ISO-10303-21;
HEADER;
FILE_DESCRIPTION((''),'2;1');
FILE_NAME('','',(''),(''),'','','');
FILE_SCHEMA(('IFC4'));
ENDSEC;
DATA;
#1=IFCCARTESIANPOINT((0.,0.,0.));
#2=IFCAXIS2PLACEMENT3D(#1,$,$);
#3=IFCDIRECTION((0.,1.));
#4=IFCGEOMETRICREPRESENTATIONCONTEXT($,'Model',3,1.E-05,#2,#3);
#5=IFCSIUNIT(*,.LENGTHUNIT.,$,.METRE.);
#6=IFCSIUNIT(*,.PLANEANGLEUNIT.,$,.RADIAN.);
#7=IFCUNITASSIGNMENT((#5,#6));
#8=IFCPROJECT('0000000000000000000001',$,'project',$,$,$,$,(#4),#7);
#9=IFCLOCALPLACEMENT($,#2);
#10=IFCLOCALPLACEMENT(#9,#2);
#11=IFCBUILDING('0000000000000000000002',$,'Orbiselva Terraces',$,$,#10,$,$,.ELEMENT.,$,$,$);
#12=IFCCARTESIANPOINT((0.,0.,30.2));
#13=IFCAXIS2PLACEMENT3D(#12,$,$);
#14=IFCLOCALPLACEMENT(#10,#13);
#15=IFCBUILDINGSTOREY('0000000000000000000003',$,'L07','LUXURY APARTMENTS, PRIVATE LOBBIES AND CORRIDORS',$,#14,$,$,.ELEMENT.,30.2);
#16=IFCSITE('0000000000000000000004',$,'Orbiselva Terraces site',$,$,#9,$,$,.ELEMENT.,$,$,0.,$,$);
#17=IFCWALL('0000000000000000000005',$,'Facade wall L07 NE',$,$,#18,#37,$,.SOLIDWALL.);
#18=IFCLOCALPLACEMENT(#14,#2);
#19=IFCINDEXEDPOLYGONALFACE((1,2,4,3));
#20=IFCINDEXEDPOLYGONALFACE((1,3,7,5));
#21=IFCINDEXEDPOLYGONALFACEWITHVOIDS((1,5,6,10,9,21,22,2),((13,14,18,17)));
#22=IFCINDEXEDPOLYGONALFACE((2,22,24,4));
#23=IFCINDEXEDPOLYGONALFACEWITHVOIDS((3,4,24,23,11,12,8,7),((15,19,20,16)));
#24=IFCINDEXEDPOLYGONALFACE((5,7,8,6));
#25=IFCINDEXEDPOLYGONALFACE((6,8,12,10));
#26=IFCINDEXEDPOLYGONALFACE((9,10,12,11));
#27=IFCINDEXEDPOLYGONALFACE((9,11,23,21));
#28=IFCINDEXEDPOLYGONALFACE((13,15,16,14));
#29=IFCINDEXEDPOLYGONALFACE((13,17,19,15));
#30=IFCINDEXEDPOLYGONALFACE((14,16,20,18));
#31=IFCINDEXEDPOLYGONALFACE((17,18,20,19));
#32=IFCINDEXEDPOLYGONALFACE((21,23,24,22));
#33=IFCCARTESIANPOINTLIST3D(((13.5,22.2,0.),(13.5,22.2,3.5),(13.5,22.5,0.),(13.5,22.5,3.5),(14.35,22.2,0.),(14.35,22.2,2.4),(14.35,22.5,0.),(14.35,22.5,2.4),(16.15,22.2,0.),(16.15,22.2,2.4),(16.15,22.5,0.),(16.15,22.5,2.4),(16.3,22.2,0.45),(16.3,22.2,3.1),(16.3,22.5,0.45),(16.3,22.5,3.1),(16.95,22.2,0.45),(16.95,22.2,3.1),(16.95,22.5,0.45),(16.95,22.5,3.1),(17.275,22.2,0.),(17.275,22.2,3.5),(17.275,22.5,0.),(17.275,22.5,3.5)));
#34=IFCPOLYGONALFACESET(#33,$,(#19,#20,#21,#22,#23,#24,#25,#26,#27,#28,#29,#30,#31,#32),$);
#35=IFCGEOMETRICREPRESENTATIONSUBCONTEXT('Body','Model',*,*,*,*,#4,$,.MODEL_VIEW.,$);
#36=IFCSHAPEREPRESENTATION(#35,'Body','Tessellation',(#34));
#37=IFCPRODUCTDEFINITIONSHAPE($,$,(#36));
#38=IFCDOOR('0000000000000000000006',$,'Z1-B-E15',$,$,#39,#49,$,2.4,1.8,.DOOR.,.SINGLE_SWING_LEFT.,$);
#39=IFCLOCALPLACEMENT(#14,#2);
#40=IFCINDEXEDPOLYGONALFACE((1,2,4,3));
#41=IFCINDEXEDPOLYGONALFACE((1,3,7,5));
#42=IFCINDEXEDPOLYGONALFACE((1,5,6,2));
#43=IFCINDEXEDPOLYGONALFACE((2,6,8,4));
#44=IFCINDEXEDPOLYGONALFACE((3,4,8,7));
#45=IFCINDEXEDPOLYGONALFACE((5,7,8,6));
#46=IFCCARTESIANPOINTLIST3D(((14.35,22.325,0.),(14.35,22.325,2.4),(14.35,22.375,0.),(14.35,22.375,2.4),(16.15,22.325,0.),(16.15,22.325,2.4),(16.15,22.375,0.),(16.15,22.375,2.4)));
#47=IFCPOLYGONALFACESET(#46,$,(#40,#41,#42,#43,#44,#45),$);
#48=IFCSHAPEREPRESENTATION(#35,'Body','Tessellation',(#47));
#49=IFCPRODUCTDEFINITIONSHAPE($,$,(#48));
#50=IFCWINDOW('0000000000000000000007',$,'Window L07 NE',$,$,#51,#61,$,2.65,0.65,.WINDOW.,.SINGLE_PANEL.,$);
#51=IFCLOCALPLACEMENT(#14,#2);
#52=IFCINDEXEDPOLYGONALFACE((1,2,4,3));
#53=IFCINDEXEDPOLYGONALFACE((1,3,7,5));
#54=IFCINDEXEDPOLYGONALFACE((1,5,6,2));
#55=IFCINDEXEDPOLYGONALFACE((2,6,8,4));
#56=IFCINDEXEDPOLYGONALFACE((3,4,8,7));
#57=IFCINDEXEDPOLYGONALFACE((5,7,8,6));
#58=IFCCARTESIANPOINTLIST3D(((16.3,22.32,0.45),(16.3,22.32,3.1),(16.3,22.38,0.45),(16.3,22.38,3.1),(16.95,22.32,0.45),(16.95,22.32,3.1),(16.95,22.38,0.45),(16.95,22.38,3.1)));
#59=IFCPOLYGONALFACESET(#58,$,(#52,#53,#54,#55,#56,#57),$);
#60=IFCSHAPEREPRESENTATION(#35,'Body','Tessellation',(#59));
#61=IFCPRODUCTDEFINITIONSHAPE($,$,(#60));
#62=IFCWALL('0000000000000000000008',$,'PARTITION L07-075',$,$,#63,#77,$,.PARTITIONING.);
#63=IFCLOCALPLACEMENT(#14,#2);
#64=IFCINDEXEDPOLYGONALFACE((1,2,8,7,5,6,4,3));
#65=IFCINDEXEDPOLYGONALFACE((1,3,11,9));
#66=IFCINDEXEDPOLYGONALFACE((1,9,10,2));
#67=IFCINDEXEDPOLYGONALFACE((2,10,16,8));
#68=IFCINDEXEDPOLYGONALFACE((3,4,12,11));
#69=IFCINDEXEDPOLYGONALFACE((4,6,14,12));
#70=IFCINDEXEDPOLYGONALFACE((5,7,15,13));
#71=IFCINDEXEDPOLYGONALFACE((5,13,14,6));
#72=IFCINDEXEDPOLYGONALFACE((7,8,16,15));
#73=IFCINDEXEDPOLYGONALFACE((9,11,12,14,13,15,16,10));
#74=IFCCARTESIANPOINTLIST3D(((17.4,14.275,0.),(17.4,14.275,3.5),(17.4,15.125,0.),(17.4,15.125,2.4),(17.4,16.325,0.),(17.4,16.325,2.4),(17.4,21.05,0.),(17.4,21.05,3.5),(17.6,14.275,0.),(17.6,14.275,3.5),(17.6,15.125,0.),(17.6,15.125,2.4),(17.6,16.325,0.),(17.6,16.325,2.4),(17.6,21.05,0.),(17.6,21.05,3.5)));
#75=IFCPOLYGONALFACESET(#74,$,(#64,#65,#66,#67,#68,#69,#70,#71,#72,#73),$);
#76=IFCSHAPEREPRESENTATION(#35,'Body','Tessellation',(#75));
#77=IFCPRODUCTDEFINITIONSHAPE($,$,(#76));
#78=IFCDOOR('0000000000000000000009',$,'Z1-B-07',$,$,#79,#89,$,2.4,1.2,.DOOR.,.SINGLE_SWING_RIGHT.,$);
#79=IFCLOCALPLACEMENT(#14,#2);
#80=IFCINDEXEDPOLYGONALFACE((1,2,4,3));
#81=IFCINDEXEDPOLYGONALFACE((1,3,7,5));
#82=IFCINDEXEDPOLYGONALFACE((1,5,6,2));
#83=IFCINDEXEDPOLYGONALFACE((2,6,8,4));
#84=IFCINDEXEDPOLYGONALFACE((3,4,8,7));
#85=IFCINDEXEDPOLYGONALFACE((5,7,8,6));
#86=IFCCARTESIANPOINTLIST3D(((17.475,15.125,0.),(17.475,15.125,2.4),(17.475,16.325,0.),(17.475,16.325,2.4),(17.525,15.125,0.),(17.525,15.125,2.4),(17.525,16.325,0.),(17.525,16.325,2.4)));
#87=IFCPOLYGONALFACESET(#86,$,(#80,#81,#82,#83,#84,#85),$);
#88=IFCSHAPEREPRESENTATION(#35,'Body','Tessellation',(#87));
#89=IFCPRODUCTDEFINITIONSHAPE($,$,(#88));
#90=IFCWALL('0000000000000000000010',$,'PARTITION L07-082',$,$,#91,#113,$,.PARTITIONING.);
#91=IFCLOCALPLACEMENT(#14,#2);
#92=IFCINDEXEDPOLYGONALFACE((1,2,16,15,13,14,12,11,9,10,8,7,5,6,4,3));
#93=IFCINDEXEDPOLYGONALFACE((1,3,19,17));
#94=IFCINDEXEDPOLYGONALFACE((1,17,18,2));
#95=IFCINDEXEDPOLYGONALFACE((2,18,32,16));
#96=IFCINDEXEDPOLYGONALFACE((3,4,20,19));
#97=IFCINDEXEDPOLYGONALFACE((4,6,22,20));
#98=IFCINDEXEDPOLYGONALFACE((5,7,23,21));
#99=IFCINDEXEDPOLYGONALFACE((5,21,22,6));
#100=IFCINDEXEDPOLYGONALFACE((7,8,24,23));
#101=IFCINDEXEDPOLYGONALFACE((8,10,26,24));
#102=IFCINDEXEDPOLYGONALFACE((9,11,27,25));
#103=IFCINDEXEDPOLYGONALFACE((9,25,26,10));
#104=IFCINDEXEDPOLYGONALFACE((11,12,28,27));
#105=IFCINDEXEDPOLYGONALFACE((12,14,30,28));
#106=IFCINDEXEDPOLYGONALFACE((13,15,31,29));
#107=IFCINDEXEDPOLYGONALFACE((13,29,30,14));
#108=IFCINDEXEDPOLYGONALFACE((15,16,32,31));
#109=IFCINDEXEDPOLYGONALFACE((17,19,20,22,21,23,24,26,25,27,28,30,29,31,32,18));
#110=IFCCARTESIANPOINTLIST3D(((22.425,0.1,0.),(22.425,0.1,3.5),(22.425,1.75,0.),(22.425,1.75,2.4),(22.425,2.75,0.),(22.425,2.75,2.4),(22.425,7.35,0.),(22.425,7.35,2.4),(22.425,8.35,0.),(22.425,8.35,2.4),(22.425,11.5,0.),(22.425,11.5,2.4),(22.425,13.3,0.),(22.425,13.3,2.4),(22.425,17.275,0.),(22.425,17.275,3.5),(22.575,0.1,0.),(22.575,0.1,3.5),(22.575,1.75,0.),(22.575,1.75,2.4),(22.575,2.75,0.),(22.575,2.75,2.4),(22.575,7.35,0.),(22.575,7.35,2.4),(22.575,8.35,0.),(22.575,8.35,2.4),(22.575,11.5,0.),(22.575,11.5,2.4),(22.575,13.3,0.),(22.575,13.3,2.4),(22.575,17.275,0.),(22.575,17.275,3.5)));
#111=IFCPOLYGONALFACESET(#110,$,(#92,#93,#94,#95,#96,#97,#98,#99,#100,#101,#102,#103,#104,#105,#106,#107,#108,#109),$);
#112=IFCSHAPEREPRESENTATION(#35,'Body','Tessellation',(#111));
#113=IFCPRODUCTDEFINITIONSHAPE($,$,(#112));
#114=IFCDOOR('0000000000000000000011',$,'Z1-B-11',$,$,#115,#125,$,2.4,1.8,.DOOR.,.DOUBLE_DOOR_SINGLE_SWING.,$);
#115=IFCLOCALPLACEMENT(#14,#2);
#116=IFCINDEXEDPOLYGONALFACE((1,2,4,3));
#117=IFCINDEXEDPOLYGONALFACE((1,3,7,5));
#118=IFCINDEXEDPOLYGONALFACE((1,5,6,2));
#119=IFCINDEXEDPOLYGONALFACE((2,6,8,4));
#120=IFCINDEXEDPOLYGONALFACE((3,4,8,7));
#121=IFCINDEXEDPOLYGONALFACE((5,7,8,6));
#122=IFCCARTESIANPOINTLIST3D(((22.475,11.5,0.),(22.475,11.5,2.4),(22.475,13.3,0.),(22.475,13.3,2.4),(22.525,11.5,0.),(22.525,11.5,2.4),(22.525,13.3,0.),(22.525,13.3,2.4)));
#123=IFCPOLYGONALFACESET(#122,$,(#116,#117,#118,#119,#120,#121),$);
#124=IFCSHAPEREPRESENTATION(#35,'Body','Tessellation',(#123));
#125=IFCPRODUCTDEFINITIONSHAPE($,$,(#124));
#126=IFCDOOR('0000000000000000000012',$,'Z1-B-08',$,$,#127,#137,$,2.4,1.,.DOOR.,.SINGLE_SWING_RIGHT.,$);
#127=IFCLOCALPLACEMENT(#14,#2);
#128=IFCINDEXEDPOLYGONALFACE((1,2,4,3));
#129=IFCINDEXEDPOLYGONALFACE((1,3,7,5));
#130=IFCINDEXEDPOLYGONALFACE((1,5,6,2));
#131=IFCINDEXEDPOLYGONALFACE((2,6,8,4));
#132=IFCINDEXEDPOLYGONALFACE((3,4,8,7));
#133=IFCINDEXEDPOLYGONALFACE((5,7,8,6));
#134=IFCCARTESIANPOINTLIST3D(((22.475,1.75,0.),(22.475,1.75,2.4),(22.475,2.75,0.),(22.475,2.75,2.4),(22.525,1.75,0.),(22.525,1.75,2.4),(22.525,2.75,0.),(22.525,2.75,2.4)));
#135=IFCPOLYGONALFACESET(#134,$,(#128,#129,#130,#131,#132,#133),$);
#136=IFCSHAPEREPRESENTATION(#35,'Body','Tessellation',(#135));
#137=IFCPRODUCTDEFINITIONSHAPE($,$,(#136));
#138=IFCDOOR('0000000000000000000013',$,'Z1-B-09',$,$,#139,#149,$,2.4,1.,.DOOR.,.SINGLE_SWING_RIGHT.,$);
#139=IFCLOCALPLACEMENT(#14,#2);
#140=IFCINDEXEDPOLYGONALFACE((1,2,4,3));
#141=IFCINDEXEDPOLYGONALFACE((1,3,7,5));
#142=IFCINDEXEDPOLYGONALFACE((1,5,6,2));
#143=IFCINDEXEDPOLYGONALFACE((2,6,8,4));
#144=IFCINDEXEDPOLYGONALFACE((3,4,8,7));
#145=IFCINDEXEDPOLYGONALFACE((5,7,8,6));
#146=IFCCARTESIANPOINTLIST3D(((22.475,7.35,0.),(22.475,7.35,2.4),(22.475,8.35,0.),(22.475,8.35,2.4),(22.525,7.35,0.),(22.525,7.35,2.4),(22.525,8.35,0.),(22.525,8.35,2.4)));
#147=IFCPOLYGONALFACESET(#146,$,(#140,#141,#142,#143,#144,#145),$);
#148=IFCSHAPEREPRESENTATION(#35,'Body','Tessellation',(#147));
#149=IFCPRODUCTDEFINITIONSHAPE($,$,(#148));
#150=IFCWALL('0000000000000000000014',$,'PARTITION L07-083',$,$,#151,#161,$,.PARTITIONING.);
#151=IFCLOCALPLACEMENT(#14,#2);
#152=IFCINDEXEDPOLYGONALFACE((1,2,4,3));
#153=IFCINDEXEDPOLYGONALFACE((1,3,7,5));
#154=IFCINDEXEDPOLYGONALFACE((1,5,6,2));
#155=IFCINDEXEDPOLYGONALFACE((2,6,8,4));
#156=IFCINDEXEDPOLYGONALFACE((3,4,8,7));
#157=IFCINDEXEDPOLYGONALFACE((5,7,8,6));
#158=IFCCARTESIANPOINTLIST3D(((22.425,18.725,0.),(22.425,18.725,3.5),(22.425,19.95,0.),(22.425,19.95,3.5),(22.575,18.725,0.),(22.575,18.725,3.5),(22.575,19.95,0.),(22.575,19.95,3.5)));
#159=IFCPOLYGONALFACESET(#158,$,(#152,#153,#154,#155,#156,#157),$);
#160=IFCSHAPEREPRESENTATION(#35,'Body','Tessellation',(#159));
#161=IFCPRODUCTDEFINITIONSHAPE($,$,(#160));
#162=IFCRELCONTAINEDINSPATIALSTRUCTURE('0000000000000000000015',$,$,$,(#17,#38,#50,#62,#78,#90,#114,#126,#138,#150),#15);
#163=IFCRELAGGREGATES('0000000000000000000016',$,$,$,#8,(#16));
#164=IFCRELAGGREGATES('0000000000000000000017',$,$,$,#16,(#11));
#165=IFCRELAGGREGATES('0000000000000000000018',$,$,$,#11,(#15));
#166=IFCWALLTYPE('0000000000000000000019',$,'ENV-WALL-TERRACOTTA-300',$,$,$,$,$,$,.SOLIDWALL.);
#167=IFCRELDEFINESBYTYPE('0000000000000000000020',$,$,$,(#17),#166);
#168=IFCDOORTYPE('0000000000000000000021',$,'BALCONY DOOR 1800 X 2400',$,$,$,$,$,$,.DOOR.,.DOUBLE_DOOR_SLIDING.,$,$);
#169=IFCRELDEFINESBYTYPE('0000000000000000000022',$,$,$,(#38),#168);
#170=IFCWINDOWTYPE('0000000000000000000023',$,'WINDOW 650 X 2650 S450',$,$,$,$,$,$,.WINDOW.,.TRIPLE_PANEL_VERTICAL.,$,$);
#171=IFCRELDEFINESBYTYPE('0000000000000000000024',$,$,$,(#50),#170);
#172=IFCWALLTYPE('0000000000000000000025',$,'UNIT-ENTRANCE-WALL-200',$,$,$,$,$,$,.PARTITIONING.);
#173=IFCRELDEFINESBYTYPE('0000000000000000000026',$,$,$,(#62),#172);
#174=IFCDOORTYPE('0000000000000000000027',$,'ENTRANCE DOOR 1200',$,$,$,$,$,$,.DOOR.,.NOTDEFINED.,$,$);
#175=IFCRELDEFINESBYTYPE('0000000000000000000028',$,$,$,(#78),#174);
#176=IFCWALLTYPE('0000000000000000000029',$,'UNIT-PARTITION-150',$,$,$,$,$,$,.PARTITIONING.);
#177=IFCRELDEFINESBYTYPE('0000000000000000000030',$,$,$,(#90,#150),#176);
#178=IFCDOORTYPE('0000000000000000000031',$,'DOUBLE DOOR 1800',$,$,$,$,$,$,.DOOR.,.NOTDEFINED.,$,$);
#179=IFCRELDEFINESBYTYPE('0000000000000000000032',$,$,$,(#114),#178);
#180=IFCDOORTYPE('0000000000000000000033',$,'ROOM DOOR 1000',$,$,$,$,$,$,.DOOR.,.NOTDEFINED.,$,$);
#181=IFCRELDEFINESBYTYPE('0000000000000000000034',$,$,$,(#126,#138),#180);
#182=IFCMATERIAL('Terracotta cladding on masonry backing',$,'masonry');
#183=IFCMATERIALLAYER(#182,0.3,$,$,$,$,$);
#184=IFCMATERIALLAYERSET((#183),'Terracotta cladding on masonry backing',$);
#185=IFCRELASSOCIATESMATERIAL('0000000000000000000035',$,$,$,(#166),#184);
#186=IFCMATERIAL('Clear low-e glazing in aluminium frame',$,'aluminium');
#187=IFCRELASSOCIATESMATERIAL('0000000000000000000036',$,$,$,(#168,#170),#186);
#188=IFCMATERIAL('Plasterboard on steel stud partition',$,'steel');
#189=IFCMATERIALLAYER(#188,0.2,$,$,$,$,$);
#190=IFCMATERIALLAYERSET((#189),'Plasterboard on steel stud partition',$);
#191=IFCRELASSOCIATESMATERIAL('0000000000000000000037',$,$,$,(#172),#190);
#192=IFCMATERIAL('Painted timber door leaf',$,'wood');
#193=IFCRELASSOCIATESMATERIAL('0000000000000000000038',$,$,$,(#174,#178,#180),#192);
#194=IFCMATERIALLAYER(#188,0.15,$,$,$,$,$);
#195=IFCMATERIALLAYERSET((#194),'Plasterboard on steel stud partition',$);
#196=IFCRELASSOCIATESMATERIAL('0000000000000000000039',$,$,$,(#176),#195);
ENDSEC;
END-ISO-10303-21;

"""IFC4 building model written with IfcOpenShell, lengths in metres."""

from ifc_helpers import new_model, si_unit, direction, frame, frame_2d, origin, place, context, subcontext, project, spatial, rectangle, extrude, material, layer, layer_set, type_object, element, fill, save


model = new_model("IFC4")

# Units and contexts
model_context = context("Model", 3, precision=1e-05, world=origin(), true_north=direction((0.0, 1.0)))
body_context = subcontext(model_context, "Body", "Model", "MODEL_VIEW")
ifc_project = project(units=[si_unit("LENGTHUNIT", "METRE"), si_unit("PLANEANGLEUNIT", "RADIAN")], contexts=[model_context])

# Site, building, storey
site_placement = place(None, origin())
site = spatial("IfcSite", under=ifc_project, at=site_placement, Name="Orbiselva Terraces site", CompositionType="ELEMENT", RefElevation=0.0)
building_placement = place(site_placement, origin())
building = spatial("IfcBuilding", under=site, at=building_placement, Name="Orbiselva Terraces", CompositionType="ELEMENT")
storey_placement = place(building_placement, frame((0.0, 0.0, 30.2)))
storey = spatial("IfcBuildingStorey", under=building, at=storey_placement, Name="L07", Description="LUXURY APARTMENTS, PRIVATE LOBBIES AND CORRIDORS", CompositionType="ELEMENT", Elevation=30.2)

# Shared definitions
ifc_material_1 = material(Name="Terracotta cladding on masonry backing", Category="masonry")
ifc_layer_1 = layer(ifc_material_1, 0.3)
ifc_layer_set_1 = layer_set([ifc_layer_1], Name="Terracotta cladding on masonry backing")
wall_type_1 = type_object("IfcWallType", Name="ENV-WALL-TERRACOTTA-300", PredefinedType="SOLIDWALL", material=ifc_layer_set_1)
ifc_material_2 = material(Name="Clear low-e glazing in aluminium frame", Category="aluminium")

# Wall, openings, door, window
wall_1_placement = place(storey_placement, frame((13.5, 22.35, 0.0), z_axis=(0.0, 0.0, 1.0), x_axis=(1.0, 0.0, 0.0)))
wall_1 = element("IfcWall", 1, at=wall_1_placement, inside=storey, type_object=wall_type_1, Name="Facade wall L07 NE", PredefinedType="SOLIDWALL", context=body_context, shape_type="SweptSolid", body=[
    extrude(rectangle(XDim=3.775, YDim=0.3, at=frame_2d((1.8875, 0.0))), origin(), (0.0, 0.0, 1.0), 3.5),
])
opening_1_placement = place(wall_1_placement, frame((2.8, 0.0, 0.45)))
opening_1 = element("IfcOpeningElement", 2, at=opening_1_placement, cuts=wall_1, PredefinedType="OPENING", context=body_context, shape_type="SweptSolid", body=[
    extrude(rectangle(XDim=0.65, YDim=2.65, at=frame_2d((0.325, 1.325))), frame((0.0, 0.16, 0.0), z_axis=(0.0, -1.0, 0.0), x_axis=(1.0, 0.0, 0.0)), (0.0, 0.0, 1.0), 0.32),
])
opening_2_placement = place(wall_1_placement, frame((0.85, 0.0, 0.0)))
opening_2 = element("IfcOpeningElement", 3, at=opening_2_placement, cuts=wall_1, PredefinedType="OPENING", context=body_context, shape_type="SweptSolid", body=[
    extrude(rectangle(XDim=1.8, YDim=2.4, at=frame_2d((0.9, 1.2))), frame((0.0, 0.16, 0.0), z_axis=(0.0, -1.0, 0.0), x_axis=(1.0, 0.0, 0.0)), (0.0, 0.0, 1.0), 0.32),
])
door_type_1 = type_object("IfcDoorType", Name="BALCONY DOOR 1800 X 2400", OperationType="DOUBLE_DOOR_SLIDING", PredefinedType="DOOR", material=ifc_material_2)
door_1_placement = place(opening_2_placement, origin())
door_1 = element("IfcDoor", 4, at=door_1_placement, inside=storey, type_object=door_type_1, Name="Z1-B-E15", OperationType="SINGLE_SWING_LEFT", OverallHeight=2.4, OverallWidth=1.8, PredefinedType="DOOR", context=body_context, shape_type="SweptSolid", body=[
    extrude(rectangle(XDim=1.8, YDim=2.4, at=frame_2d((0.9, 1.2))), frame((0.0, 0.025, 0.0), z_axis=(0.0, -1.0, 0.0), x_axis=(1.0, 0.0, 0.0)), (0.0, 0.0, 1.0), 0.05),
])
fill(opening_2, door_1)
window_type_1 = type_object("IfcWindowType", Name="WINDOW 650 X 2650 S450", PartitioningType="TRIPLE_PANEL_VERTICAL", PredefinedType="WINDOW", material=ifc_material_2)
window_1_placement = place(opening_1_placement, origin())
window_1 = element("IfcWindow", 5, at=window_1_placement, inside=storey, type_object=window_type_1, Name="Window L07 NE", OverallHeight=2.65, OverallWidth=0.65, PartitioningType="SINGLE_PANEL", PredefinedType="WINDOW", context=body_context, shape_type="SweptSolid", body=[
    extrude(rectangle(XDim=0.65, YDim=2.65, at=frame_2d((0.325, 1.325))), frame((0.0, 0.03, 0.0), z_axis=(0.0, -1.0, 0.0), x_axis=(1.0, 0.0, 0.0)), (0.0, 0.0, 1.0), 0.06),
])
fill(opening_1, window_1)

# Wall, opening, door
ifc_material_3 = material(Name="Plasterboard on steel stud partition", Category="steel")
ifc_layer_2 = layer(ifc_material_3, 0.2)
ifc_layer_set_2 = layer_set([ifc_layer_2], Name="Plasterboard on steel stud partition")
wall_type_2 = type_object("IfcWallType", Name="UNIT-ENTRANCE-WALL-200", PredefinedType="PARTITIONING", material=ifc_layer_set_2)
wall_2_placement = place(storey_placement, frame((17.5, 21.05, 0.0), z_axis=(0.0, 0.0, 1.0), x_axis=(0.0, -1.0, 0.0)))
wall_2 = element("IfcWall", 6, at=wall_2_placement, inside=storey, type_object=wall_type_2, Name="PARTITION L07-075", PredefinedType="PARTITIONING", context=body_context, shape_type="SweptSolid", body=[
    extrude(rectangle(XDim=6.775, YDim=0.2, at=frame_2d((3.3875, 0.0))), origin(), (0.0, 0.0, 1.0), 3.5),
])
opening_3_placement = place(wall_2_placement, frame((4.725, 0.0, 0.0)))
opening_3 = element("IfcOpeningElement", 7, at=opening_3_placement, cuts=wall_2, PredefinedType="OPENING", context=body_context, shape_type="SweptSolid", body=[
    extrude(rectangle(XDim=1.2, YDim=2.4, at=frame_2d((0.6, 1.2))), frame((0.0, 0.11, 0.0), z_axis=(0.0, -1.0, 0.0), x_axis=(1.0, 0.0, 0.0)), (0.0, 0.0, 1.0), 0.22),
])
ifc_material_4 = material(Name="Painted timber door leaf", Category="wood")
door_type_2 = type_object("IfcDoorType", Name="ENTRANCE DOOR 1200", OperationType="NOTDEFINED", PredefinedType="DOOR", material=ifc_material_4)
door_2_placement = place(opening_3_placement, origin())
door_2 = element("IfcDoor", 8, at=door_2_placement, inside=storey, type_object=door_type_2, Name="Z1-B-07", OperationType="SINGLE_SWING_RIGHT", OverallHeight=2.4, OverallWidth=1.2, PredefinedType="DOOR", context=body_context, shape_type="SweptSolid", body=[
    extrude(rectangle(XDim=1.2, YDim=2.4, at=frame_2d((0.6, 1.2))), frame((0.0, 0.025, 0.0), z_axis=(0.0, -1.0, 0.0), x_axis=(1.0, 0.0, 0.0)), (0.0, 0.0, 1.0), 0.05),
])
fill(opening_3, door_2)

# Wall, openings, doors
ifc_layer_3 = layer(ifc_material_3, 0.15)
ifc_layer_set_3 = layer_set([ifc_layer_3], Name="Plasterboard on steel stud partition")
wall_type_3 = type_object("IfcWallType", Name="UNIT-PARTITION-150", PredefinedType="PARTITIONING", material=ifc_layer_set_3)
wall_3_placement = place(storey_placement, frame((22.5, 17.275, 0.0), z_axis=(0.0, 0.0, 1.0), x_axis=(0.0, -1.0, 0.0)))
wall_3 = element("IfcWall", 9, at=wall_3_placement, inside=storey, type_object=wall_type_3, Name="PARTITION L07-082", PredefinedType="PARTITIONING", context=body_context, shape_type="SweptSolid", body=[
    extrude(rectangle(XDim=17.175, YDim=0.15, at=frame_2d((8.5875, 0.0))), origin(), (0.0, 0.0, 1.0), 3.5),
])
opening_4_placement = place(wall_3_placement, frame((14.525, 0.0, 0.0)))
opening_4 = element("IfcOpeningElement", 10, at=opening_4_placement, cuts=wall_3, PredefinedType="OPENING", context=body_context, shape_type="SweptSolid", body=[
    extrude(rectangle(XDim=1.0, YDim=2.4, at=frame_2d((0.5, 1.2))), frame((0.0, 0.085, 0.0), z_axis=(0.0, -1.0, 0.0), x_axis=(1.0, 0.0, 0.0)), (0.0, 0.0, 1.0), 0.17),
])
opening_5_placement = place(wall_3_placement, frame((8.925, 0.0, 0.0)))
opening_5 = element("IfcOpeningElement", 11, at=opening_5_placement, cuts=wall_3, PredefinedType="OPENING", context=body_context, shape_type="SweptSolid", body=[
    extrude(rectangle(XDim=1.0, YDim=2.4, at=frame_2d((0.5, 1.2))), frame((0.0, 0.085, 0.0), z_axis=(0.0, -1.0, 0.0), x_axis=(1.0, 0.0, 0.0)), (0.0, 0.0, 1.0), 0.17),
])
opening_6_placement = place(wall_3_placement, frame((3.975, 0.0, 0.0)))
opening_6 = element("IfcOpeningElement", 12, at=opening_6_placement, cuts=wall_3, PredefinedType="OPENING", context=body_context, shape_type="SweptSolid", body=[
    extrude(rectangle(XDim=1.8, YDim=2.4, at=frame_2d((0.9, 1.2))), frame((0.0, 0.085, 0.0), z_axis=(0.0, -1.0, 0.0), x_axis=(1.0, 0.0, 0.0)), (0.0, 0.0, 1.0), 0.17),
])
door_type_3 = type_object("IfcDoorType", Name="DOUBLE DOOR 1800", OperationType="NOTDEFINED", PredefinedType="DOOR", material=ifc_material_4)
door_3_placement = place(opening_6_placement, origin())
door_3 = element("IfcDoor", 13, at=door_3_placement, inside=storey, type_object=door_type_3, Name="Z1-B-11", OperationType="DOUBLE_DOOR_SINGLE_SWING", OverallHeight=2.4, OverallWidth=1.8, PredefinedType="DOOR", context=body_context, shape_type="SweptSolid", body=[
    extrude(rectangle(XDim=1.8, YDim=2.4, at=frame_2d((0.9, 1.2))), frame((0.0, 0.025, 0.0), z_axis=(0.0, -1.0, 0.0), x_axis=(1.0, 0.0, 0.0)), (0.0, 0.0, 1.0), 0.05),
])
fill(opening_6, door_3)
door_type_4 = type_object("IfcDoorType", Name="ROOM DOOR 1000", OperationType="NOTDEFINED", PredefinedType="DOOR", material=ifc_material_4)
door_4_placement = place(opening_4_placement, origin())
door_4 = element("IfcDoor", 14, at=door_4_placement, inside=storey, type_object=door_type_4, Name="Z1-B-08", OperationType="SINGLE_SWING_RIGHT", OverallHeight=2.4, OverallWidth=1.0, PredefinedType="DOOR", context=body_context, shape_type="SweptSolid", body=[
    extrude(rectangle(XDim=1.0, YDim=2.4, at=frame_2d((0.5, 1.2))), frame((0.0, 0.025, 0.0), z_axis=(0.0, -1.0, 0.0), x_axis=(1.0, 0.0, 0.0)), (0.0, 0.0, 1.0), 0.05),
])
fill(opening_4, door_4)
door_5_placement = place(opening_5_placement, origin())
door_5 = element("IfcDoor", 15, at=door_5_placement, inside=storey, type_object=door_type_4, Name="Z1-B-09", OperationType="SINGLE_SWING_RIGHT", OverallHeight=2.4, OverallWidth=1.0, PredefinedType="DOOR", context=body_context, shape_type="SweptSolid", body=[
    extrude(rectangle(XDim=1.0, YDim=2.4, at=frame_2d((0.5, 1.2))), frame((0.0, 0.025, 0.0), z_axis=(0.0, -1.0, 0.0), x_axis=(1.0, 0.0, 0.0)), (0.0, 0.0, 1.0), 0.05),
])
fill(opening_5, door_5)

# Wall
wall_4_placement = place(storey_placement, frame((22.5, 18.725, 0.0), z_axis=(0.0, 0.0, 1.0), x_axis=(0.0, 1.0, 0.0)))
element("IfcWall", 16, at=wall_4_placement, inside=storey, type_object=wall_type_3, Name="PARTITION L07-083", PredefinedType="PARTITIONING", context=body_context, shape_type="SweptSolid", body=[
    extrude(rectangle(XDim=1.225, YDim=0.15, at=frame_2d((0.6125, 0.0))), origin(), (0.0, 0.0, 1.0), 3.5),
])

save(model, "model.ifc")
